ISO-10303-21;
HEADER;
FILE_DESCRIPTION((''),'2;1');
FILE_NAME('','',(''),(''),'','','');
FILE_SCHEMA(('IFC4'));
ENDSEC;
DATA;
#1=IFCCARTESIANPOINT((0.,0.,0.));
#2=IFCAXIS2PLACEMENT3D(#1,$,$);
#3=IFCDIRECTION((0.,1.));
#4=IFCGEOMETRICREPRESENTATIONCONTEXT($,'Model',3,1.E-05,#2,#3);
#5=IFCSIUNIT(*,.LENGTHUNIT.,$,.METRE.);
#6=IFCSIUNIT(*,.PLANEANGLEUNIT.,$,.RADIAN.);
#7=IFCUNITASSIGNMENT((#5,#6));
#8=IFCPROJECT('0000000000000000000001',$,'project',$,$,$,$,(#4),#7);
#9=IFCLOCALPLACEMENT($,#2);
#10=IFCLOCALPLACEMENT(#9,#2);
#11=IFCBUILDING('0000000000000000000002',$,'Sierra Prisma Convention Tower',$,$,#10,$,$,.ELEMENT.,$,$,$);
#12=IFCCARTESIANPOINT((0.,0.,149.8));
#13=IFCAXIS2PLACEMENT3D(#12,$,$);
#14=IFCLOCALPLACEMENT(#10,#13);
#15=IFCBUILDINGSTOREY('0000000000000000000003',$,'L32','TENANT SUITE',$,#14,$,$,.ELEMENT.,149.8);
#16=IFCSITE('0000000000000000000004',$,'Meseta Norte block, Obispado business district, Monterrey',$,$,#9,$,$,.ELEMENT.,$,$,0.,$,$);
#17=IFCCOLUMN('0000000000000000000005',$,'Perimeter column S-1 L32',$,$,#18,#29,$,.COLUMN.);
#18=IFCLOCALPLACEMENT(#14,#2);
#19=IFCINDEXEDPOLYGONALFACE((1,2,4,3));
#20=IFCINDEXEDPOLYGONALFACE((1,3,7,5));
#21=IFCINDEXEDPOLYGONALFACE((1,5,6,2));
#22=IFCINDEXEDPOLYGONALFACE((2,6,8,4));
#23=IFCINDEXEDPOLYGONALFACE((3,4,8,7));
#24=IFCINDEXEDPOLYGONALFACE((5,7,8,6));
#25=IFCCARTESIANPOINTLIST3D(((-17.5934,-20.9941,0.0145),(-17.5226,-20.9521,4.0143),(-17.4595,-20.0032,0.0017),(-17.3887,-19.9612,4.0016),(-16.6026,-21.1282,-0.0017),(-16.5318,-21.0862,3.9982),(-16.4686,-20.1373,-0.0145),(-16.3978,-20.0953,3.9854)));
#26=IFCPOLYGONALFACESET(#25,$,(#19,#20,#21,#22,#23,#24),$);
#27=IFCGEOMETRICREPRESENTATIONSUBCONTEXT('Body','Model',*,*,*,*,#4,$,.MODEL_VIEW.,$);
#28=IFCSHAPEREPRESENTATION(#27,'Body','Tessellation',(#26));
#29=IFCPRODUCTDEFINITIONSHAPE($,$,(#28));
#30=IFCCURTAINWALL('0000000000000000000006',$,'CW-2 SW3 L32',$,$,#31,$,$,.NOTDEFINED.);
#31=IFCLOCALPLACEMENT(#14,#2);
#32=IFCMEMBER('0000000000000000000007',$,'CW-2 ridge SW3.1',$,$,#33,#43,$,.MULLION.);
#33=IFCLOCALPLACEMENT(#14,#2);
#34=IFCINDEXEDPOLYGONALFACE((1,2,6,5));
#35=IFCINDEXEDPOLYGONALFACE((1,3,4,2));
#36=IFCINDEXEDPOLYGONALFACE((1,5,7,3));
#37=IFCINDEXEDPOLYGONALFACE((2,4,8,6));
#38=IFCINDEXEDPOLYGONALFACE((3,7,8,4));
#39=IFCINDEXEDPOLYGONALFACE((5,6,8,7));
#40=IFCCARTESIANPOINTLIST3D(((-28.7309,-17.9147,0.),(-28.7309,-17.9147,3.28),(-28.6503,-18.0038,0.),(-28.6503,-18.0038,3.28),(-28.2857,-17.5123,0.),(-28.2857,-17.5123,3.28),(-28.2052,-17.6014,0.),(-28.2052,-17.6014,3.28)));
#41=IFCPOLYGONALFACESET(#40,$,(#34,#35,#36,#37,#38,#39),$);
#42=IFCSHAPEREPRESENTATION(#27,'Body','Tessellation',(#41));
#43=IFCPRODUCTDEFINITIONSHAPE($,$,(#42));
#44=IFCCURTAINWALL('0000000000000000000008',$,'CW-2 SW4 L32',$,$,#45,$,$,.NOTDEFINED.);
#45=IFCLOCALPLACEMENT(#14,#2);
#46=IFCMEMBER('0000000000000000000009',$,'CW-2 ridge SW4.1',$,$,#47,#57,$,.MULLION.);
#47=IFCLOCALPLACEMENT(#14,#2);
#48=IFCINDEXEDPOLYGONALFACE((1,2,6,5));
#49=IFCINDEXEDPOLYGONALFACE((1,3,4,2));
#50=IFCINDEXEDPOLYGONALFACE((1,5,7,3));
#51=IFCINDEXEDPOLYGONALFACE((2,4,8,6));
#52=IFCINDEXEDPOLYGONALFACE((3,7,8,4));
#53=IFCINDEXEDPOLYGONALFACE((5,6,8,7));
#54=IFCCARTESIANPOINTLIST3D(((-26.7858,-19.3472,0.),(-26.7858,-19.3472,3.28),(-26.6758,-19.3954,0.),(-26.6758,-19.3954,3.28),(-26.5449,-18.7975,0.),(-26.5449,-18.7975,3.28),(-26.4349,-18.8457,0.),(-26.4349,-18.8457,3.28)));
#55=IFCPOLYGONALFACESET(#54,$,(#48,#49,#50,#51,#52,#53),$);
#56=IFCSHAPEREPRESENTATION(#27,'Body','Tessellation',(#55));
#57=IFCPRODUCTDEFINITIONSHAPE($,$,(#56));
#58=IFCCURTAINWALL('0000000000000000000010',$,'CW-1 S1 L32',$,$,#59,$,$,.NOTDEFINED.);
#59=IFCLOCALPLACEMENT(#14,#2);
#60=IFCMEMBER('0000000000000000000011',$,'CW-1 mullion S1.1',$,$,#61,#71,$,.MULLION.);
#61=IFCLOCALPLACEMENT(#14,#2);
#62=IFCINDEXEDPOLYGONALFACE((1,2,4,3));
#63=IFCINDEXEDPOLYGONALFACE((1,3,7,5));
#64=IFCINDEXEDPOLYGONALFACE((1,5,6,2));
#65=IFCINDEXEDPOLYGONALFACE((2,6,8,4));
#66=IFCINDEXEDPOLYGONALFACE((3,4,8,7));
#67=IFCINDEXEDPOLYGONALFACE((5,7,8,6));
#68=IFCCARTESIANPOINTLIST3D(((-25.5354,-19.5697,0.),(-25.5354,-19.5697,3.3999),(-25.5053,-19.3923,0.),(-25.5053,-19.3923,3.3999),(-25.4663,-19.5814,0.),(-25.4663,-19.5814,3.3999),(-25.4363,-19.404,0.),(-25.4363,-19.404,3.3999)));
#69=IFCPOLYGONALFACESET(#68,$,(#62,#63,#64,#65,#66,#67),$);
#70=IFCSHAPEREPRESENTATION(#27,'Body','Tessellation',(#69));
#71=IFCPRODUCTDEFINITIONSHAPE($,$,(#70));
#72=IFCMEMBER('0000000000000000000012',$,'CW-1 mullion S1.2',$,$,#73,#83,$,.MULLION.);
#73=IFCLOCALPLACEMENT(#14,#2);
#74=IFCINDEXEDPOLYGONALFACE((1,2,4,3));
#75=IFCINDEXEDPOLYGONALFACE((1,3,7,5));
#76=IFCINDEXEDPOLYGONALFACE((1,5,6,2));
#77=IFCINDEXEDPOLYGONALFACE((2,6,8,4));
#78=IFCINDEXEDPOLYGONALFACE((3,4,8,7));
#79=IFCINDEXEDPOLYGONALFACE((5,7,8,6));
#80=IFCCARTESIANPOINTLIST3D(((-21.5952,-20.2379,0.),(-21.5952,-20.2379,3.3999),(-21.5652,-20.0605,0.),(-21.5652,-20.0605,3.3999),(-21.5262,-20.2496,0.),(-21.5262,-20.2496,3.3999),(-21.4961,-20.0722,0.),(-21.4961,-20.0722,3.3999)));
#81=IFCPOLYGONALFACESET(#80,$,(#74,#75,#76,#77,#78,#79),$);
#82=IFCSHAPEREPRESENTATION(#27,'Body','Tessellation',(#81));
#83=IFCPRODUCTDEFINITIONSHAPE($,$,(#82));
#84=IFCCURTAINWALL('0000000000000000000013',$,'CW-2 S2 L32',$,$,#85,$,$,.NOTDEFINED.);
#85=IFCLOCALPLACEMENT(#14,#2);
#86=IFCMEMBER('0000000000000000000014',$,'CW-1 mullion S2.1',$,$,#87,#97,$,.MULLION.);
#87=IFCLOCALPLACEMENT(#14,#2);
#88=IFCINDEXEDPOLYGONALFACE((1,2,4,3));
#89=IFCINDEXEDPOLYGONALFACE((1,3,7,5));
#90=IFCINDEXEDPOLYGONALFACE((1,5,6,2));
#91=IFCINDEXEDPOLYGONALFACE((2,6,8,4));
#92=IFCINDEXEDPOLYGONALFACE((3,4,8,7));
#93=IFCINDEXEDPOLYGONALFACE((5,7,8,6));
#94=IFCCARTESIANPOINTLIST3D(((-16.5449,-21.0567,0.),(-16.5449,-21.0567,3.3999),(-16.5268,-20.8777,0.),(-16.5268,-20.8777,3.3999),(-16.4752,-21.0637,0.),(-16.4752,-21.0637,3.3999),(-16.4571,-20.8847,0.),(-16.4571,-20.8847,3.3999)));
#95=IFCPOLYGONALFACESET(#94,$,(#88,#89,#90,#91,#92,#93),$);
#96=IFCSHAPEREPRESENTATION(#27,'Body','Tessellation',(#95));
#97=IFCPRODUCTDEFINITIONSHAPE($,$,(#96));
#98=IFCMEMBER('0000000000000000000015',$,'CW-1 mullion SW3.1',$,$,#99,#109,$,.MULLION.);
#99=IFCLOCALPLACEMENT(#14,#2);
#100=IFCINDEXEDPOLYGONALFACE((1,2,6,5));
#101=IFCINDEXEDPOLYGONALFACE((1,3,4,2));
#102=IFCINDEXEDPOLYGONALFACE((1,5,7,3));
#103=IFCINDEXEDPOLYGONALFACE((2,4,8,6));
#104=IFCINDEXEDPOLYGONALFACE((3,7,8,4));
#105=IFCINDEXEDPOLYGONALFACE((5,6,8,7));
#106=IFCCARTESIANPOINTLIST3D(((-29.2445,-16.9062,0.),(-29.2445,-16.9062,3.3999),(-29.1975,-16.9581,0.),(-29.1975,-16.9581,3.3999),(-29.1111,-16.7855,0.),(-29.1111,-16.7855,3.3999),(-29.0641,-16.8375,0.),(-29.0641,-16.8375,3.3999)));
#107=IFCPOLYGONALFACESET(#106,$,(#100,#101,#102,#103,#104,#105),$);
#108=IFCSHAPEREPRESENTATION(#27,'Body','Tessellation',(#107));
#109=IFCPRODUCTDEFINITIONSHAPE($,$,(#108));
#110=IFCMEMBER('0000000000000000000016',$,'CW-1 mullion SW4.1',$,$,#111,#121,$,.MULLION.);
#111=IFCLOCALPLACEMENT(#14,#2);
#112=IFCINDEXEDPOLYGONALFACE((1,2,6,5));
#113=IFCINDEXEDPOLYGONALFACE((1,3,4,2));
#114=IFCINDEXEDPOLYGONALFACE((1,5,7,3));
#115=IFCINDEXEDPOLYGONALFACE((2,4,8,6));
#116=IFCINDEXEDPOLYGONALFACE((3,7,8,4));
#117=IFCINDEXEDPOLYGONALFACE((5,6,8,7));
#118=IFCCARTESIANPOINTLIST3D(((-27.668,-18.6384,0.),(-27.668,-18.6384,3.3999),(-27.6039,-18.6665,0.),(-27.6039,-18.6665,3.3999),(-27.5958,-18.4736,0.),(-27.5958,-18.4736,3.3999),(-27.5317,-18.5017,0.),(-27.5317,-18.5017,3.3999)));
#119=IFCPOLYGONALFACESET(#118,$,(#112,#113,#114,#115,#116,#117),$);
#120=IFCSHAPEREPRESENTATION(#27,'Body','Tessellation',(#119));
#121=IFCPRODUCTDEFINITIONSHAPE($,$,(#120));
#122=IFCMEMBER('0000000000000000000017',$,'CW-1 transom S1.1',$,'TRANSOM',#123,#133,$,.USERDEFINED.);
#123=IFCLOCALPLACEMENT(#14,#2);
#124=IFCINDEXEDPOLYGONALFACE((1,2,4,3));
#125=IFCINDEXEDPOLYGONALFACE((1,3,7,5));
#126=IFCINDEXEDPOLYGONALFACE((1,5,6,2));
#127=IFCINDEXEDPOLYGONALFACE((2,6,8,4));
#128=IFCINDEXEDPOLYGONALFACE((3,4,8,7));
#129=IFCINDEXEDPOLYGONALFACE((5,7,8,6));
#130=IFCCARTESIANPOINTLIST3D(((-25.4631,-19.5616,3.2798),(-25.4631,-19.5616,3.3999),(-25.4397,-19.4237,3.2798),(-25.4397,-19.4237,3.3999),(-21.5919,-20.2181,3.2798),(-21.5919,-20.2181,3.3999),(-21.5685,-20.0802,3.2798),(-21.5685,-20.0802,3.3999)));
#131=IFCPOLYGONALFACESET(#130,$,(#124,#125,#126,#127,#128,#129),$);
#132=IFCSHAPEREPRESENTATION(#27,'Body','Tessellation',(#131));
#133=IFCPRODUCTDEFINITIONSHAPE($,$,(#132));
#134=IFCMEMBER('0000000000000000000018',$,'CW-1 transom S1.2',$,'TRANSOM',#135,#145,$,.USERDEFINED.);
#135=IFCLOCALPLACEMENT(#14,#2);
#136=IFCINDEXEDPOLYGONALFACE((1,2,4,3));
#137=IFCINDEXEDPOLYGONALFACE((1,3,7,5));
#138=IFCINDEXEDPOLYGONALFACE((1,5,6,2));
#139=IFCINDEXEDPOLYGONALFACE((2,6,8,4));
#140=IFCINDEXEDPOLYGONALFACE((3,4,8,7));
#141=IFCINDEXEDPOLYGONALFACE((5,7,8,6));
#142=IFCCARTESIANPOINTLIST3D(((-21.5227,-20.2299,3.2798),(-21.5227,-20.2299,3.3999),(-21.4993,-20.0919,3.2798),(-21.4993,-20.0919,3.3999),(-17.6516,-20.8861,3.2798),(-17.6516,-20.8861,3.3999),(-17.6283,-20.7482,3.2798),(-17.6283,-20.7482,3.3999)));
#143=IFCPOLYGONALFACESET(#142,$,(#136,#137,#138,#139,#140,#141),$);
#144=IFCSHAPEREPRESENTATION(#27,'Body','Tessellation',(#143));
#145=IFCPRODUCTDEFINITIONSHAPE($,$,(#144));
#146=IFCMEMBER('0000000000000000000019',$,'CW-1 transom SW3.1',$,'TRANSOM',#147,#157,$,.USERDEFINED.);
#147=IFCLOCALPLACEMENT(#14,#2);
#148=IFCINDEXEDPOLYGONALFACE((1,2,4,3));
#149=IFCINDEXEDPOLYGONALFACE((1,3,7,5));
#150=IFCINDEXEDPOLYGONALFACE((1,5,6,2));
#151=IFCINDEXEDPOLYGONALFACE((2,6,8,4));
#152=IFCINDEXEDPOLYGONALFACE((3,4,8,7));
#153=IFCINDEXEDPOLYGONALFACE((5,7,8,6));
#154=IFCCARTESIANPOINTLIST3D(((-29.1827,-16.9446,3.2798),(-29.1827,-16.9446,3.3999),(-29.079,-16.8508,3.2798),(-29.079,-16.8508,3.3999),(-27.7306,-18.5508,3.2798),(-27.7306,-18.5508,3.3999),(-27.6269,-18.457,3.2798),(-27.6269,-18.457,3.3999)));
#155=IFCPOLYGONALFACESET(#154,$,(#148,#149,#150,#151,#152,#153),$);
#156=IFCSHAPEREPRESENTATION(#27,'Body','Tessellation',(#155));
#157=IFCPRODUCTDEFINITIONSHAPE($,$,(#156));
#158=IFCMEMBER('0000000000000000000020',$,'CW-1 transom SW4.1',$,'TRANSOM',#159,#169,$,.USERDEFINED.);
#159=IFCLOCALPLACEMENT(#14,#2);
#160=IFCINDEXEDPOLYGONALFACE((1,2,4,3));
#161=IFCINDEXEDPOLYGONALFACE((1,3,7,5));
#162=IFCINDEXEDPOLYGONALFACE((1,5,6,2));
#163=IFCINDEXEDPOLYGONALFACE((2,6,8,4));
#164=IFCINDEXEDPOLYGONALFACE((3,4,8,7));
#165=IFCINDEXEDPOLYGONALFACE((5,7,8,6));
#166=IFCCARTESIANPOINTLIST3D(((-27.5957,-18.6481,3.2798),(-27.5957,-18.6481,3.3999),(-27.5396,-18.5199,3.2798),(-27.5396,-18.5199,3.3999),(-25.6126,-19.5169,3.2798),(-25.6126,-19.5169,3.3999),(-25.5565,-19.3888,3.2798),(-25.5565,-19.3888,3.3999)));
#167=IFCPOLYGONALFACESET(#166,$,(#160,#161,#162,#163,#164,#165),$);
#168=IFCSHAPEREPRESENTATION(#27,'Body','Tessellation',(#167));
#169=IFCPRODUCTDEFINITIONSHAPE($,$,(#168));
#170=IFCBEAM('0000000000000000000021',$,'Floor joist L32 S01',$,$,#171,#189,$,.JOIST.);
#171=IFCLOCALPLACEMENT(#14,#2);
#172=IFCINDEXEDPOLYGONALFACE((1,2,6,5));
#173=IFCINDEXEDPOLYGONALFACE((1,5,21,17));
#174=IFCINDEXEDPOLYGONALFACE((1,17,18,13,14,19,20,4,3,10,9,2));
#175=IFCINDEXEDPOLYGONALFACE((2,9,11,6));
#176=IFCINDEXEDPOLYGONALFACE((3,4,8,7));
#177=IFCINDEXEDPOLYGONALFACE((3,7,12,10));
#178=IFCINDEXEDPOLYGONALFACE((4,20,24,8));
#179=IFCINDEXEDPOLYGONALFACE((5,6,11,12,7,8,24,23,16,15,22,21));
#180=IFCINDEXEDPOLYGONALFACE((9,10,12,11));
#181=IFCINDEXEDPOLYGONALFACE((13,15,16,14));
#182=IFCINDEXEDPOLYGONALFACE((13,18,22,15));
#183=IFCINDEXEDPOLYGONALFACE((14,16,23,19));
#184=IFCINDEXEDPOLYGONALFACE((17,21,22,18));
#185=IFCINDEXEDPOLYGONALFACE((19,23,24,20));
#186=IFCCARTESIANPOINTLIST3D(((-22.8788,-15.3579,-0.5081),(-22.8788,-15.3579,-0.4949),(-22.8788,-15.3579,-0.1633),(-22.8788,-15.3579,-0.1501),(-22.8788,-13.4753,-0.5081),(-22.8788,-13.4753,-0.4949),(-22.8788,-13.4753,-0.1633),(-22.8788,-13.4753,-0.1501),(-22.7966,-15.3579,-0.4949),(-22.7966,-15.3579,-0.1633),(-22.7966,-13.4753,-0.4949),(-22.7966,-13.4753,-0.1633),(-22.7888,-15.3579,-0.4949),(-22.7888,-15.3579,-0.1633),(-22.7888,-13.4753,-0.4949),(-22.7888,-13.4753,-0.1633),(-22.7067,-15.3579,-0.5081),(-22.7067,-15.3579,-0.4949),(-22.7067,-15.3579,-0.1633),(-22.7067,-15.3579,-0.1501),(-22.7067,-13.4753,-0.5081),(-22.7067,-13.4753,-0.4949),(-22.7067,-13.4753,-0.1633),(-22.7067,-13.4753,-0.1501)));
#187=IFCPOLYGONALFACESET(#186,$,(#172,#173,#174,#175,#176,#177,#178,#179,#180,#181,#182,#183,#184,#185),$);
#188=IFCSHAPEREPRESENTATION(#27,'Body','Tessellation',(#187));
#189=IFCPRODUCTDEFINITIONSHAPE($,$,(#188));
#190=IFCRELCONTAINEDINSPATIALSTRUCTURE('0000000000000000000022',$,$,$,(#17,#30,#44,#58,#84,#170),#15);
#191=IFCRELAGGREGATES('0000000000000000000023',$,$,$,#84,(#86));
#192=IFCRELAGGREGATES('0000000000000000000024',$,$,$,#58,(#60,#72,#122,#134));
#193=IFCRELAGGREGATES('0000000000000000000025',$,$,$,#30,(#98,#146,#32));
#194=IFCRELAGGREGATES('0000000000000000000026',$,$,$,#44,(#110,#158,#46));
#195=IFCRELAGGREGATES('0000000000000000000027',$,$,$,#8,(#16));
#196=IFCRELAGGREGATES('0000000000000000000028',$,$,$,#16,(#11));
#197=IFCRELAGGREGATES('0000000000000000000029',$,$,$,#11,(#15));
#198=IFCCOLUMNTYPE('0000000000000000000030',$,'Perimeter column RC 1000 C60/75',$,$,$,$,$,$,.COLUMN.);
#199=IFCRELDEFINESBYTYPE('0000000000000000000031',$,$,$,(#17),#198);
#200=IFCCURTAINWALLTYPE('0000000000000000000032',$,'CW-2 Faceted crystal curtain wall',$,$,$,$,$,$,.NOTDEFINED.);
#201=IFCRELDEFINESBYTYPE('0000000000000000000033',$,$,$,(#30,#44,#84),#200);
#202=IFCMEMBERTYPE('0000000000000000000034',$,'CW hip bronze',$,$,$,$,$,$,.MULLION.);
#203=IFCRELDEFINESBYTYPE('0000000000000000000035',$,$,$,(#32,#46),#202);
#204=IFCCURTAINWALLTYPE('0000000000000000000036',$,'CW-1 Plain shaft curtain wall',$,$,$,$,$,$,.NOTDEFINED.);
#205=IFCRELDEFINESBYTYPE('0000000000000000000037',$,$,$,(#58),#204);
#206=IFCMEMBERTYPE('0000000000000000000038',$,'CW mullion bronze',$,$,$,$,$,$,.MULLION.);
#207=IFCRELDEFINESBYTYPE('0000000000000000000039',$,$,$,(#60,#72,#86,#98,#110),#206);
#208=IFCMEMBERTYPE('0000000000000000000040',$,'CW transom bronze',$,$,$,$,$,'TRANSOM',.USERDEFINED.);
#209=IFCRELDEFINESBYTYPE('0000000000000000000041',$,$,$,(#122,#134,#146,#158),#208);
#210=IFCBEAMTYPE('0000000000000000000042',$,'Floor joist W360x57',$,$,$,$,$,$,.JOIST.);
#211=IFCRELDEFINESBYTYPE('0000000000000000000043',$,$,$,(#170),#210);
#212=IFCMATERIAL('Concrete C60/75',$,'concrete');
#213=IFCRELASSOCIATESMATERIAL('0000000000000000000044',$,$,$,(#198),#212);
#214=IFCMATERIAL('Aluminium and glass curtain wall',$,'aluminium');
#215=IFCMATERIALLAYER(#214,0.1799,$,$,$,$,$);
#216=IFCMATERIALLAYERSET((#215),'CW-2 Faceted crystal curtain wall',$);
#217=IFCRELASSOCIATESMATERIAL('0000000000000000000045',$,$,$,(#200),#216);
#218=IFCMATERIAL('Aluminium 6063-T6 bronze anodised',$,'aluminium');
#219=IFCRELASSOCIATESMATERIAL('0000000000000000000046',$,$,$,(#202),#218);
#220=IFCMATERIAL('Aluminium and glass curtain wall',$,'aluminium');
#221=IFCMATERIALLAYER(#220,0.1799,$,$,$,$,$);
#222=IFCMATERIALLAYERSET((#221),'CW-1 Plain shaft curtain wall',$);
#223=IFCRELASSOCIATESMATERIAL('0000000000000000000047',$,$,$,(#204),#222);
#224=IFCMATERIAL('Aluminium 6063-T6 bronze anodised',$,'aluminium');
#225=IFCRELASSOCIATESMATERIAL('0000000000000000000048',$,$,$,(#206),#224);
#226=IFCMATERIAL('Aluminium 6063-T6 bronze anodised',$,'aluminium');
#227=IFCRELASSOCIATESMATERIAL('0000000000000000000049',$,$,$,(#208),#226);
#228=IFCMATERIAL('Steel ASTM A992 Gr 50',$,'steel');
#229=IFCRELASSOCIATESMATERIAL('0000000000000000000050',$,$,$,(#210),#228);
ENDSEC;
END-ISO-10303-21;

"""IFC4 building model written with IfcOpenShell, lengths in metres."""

from ifc_helpers import new_model, si_unit, direction, frame, origin, origin_2d, place, context, subcontext, project, spatial, rectangle, i_section, extrude, material, layer, layer_set, material_profile, profile_set, type_object, element, aggregate, save


model = new_model("IFC4")

# Units and contexts
model_context = context("Model", 3, precision=1e-05, world=origin(), true_north=direction((0.0, 1.0)))
body_context = subcontext(model_context, "Body", "Model", "MODEL_VIEW")
ifc_project = project(units=[si_unit("LENGTHUNIT", "METRE"), si_unit("PLANEANGLEUNIT", "RADIAN")], contexts=[model_context])

# Site, building, storey
site_placement = place(None, origin())
site = spatial("IfcSite", under=ifc_project, at=site_placement, Name="Meseta Norte block, Obispado business district, Monterrey", CompositionType="ELEMENT", RefElevation=0.0)
building_placement = place(site_placement, origin())
building = spatial("IfcBuilding", under=site, at=building_placement, Name="Sierra Prisma Convention Tower", CompositionType="ELEMENT")
storey_placement = place(building_placement, frame((0.0, 0.0, 149.8)))
storey = spatial("IfcBuildingStorey", under=building, at=storey_placement, Name="L32", Description="TENANT SUITE", CompositionType="ELEMENT", Elevation=149.8)

# Column
ifc_material_1 = material(Name="Concrete C60/75", Category="concrete")
ifc_material_profile_1 = material_profile(ifc_material_1, rectangle(XDim=1.0, YDim=1.0, at=origin_2d()), Name="Perimeter column RC 1000 C60/75")
ifc_profile_set_1 = profile_set([ifc_material_profile_1], Name="Concrete C60/75")
column_type = type_object("IfcColumnType", Name="Perimeter column RC 1000 C60/75", PredefinedType="COLUMN", material=ifc_profile_set_1)
column_placement = place(storey_placement, frame((-17.031, -20.5657, 0.0), z_axis=(0.017696, 0.010496, 0.999788), x_axis=(-0.990832, 0.13413, 0.01613)))
element("IfcColumn", 1, at=column_placement, inside=storey, type_object=column_type, Name="Perimeter column S-1 L32", PredefinedType="COLUMN", context=body_context, shape_type="SweptSolid", body=[
    extrude(rectangle(XDim=1.0, YDim=1.0, at=origin_2d()), origin(), (0.0, 0.0, 1.0), 4.0007),
])

# Curtain walls, members
ifc_material_2 = material(Name="Aluminium and glass curtain wall", Category="aluminium")
ifc_layer_1 = layer(ifc_material_2, 0.1799)
ifc_layer_set_1 = layer_set([ifc_layer_1], Name="CW-2 Faceted crystal curtain wall")
curtain_wall_type_1 = type_object("IfcCurtainWallType", Name="CW-2 Faceted crystal curtain wall", PredefinedType="NOTDEFINED", material=ifc_layer_set_1)
curtain_wall_1_placement = place(storey_placement, origin())
curtain_wall_1 = element("IfcCurtainWall", 2, at=curtain_wall_1_placement, inside=storey, type_object=curtain_wall_type_1, Name="CW-2 SW3 L32", PredefinedType="NOTDEFINED")
ifc_material_3 = material(Name="Aluminium 6063-T6 bronze anodised", Category="aluminium")
ifc_material_profile_2 = material_profile(ifc_material_3, rectangle(XDim=0.1201, YDim=0.6001, at=origin_2d()), Name="ALU RIDGE BLADE 120x600")
ifc_profile_set_2 = profile_set([ifc_material_profile_2], Name="Aluminium 6063-T6 bronze anodised")
member_type_1 = type_object("IfcMemberType", Name="CW hip bronze", PredefinedType="MULLION", material=ifc_profile_set_2)
member_1_placement = place(storey_placement, frame((-28.468, -17.7581, 0.0), z_axis=(0.0, 0.0, 1.0), x_axis=(0.670598, -0.741821, 0.0)))
member_1 = element("IfcMember", 3, at=member_1_placement, type_object=member_type_1, Name="CW-2 ridge SW3.1", PredefinedType="MULLION", context=body_context, shape_type="SweptSolid", body=[
    extrude(rectangle(XDim=0.1201, YDim=0.6001, at=origin_2d()), origin(), (0.0, 0.0, 1.0), 3.28),
])
curtain_wall_2_placement = place(storey_placement, origin())
curtain_wall_2 = element("IfcCurtainWall", 4, at=curtain_wall_2_placement, inside=storey, type_object=curtain_wall_type_1, Name="CW-2 SW4 L32", PredefinedType="NOTDEFINED")
member_2_placement = place(storey_placement, frame((-26.6104, -19.0964, 0.0), z_axis=(0.0, 0.0, 1.0), x_axis=(0.91594, -0.401314, 0.0)))
member_2 = element("IfcMember", 5, at=member_2_placement, type_object=member_type_1, Name="CW-2 ridge SW4.1", PredefinedType="MULLION", context=body_context, shape_type="SweptSolid", body=[
    extrude(rectangle(XDim=0.1201, YDim=0.6001, at=origin_2d()), origin(), (0.0, 0.0, 1.0), 3.28),
])

# Curtain wall, members
ifc_material_4 = material(Name="Aluminium and glass curtain wall", Category="aluminium")
ifc_layer_2 = layer(ifc_material_4, 0.1799)
ifc_layer_set_2 = layer_set([ifc_layer_2], Name="CW-1 Plain shaft curtain wall")
curtain_wall_type_2 = type_object("IfcCurtainWallType", Name="CW-1 Plain shaft curtain wall", PredefinedType="NOTDEFINED", material=ifc_layer_set_2)
curtain_wall_3_placement = place(storey_placement, origin())
curtain_wall_3 = element("IfcCurtainWall", 6, at=curtain_wall_3_placement, inside=storey, type_object=curtain_wall_type_2, Name="CW-1 S1 L32", PredefinedType="NOTDEFINED")
ifc_material_5 = material(Name="Aluminium 6063-T6 bronze anodised", Category="aluminium")
ifc_material_profile_3 = material_profile(ifc_material_5, rectangle(XDim=0.1799, YDim=0.0701, at=origin_2d()), Name="ALU MULLION 70x180")
ifc_profile_set_3 = profile_set([ifc_material_profile_3], Name="Aluminium 6063-T6 bronze anodised")
member_type_2 = type_object("IfcMemberType", Name="CW mullion bronze", PredefinedType="MULLION", material=ifc_profile_set_3)
member_3_placement = place(storey_placement, frame((-25.4858, -19.4868, 0.0), z_axis=(0.0, 0.0, 1.0), x_axis=(0.167158, 0.98593, 0.0)))
member_3 = element("IfcMember", 7, at=member_3_placement, type_object=member_type_2, Name="CW-1 mullion S1.1", PredefinedType="MULLION", context=body_context, shape_type="SweptSolid", body=[
    extrude(rectangle(XDim=0.1799, YDim=0.0701, at=origin_2d()), origin(), (0.0, 0.0, 1.0), 3.3999),
])
member_4_placement = place(storey_placement, frame((-21.5457, -20.155, 0.0), z_axis=(0.0, 0.0, 1.0), x_axis=(0.167158, 0.98593, 0.0)))
member_4 = element("IfcMember", 8, at=member_4_placement, type_object=member_type_2, Name="CW-1 mullion S1.2", PredefinedType="MULLION", context=body_context, shape_type="SweptSolid", body=[
    extrude(rectangle(XDim=0.1799, YDim=0.0701, at=origin_2d()), origin(), (0.0, 0.0, 1.0), 3.3999),
])

# Curtain wall, member
curtain_wall_4_placement = place(storey_placement, origin())
curtain_wall_4 = element("IfcCurtainWall", 9, at=curtain_wall_4_placement, inside=storey, type_object=curtain_wall_type_1, Name="CW-2 S2 L32", PredefinedType="NOTDEFINED")
member_5_placement = place(storey_placement, frame((-16.501, -20.9707, 0.0), z_axis=(0.0, 0.0, 1.0), x_axis=(0.100597, 0.994927, 0.0)))
member_5 = element("IfcMember", 10, at=member_5_placement, type_object=member_type_2, Name="CW-1 mullion S2.1", PredefinedType="MULLION", context=body_context, shape_type="SweptSolid", body=[
    extrude(rectangle(XDim=0.1799, YDim=0.0701, at=origin_2d()), origin(), (0.0, 0.0, 1.0), 3.3999),
])
aggregate(curtain_wall_4, [member_5])

# Members
member_6_placement = place(storey_placement, frame((-29.1543, -16.8718, 0.0), z_axis=(0.0, 0.0, 1.0), x_axis=(0.741821, 0.670598, 0.0)))
member_6 = element("IfcMember", 11, at=member_6_placement, type_object=member_type_2, Name="CW-1 mullion SW3.1", PredefinedType="MULLION", context=body_context, shape_type="SweptSolid", body=[
    extrude(rectangle(XDim=0.1799, YDim=0.0701, at=origin_2d()), origin(), (0.0, 0.0, 1.0), 3.3999),
])
member_7_placement = place(storey_placement, frame((-27.5999, -18.5701, 0.0), z_axis=(0.0, 0.0, 1.0), x_axis=(0.401314, 0.91594, 0.0)))
member_7 = element("IfcMember", 12, at=member_7_placement, type_object=member_type_2, Name="CW-1 mullion SW4.1", PredefinedType="MULLION", context=body_context, shape_type="SweptSolid", body=[
    extrude(rectangle(XDim=0.1799, YDim=0.0701, at=origin_2d()), origin(), (0.0, 0.0, 1.0), 3.3999),
])
ifc_material_6 = material(Name="Aluminium 6063-T6 bronze anodised", Category="aluminium")
ifc_material_profile_4 = material_profile(ifc_material_6, rectangle(XDim=0.1399, YDim=0.1201, at=origin_2d()), Name="ALU TRANSOM 120x140")
ifc_profile_set_4 = profile_set([ifc_material_profile_4], Name="Aluminium 6063-T6 bronze anodised")
member_type_3 = type_object("IfcMemberType", Name="CW transom bronze", ElementType="TRANSOM", PredefinedType="USERDEFINED", material=ifc_profile_set_4)
member_8_placement = place(storey_placement, frame((-25.4514, -19.4927, 3.3398), z_axis=(0.985924, -0.167191, 0.0), x_axis=(0.167191, 0.985924, 0.0)))
member_8 = element("IfcMember", 13, at=member_8_placement, type_object=member_type_3, Name="CW-1 transom S1.1", ObjectType="TRANSOM", PredefinedType="USERDEFINED", context=body_context, shape_type="SweptSolid", body=[
    extrude(rectangle(XDim=0.1399, YDim=0.1201, at=origin_2d()), origin(), (0.0, 0.0, 1.0), 3.9265),
])
member_9_placement = place(storey_placement, frame((-21.511, -20.1609, 3.3398), z_axis=(0.985933, -0.167141, 0.0), x_axis=(0.167141, 0.985933, 0.0)))
member_9 = element("IfcMember", 14, at=member_9_placement, type_object=member_type_3, Name="CW-1 transom S1.2", ObjectType="TRANSOM", PredefinedType="USERDEFINED", context=body_context, shape_type="SweptSolid", body=[
    extrude(rectangle(XDim=0.1399, YDim=0.1201, at=origin_2d()), origin(), (0.0, 0.0, 1.0), 3.9263),
])
member_10_placement = place(storey_placement, frame((-29.1309, -16.8977, 3.3398), z_axis=(0.670639, -0.741784, 0.0), x_axis=(0.741784, 0.670639, 0.0)))
member_10 = element("IfcMember", 15, at=member_10_placement, type_object=member_type_3, Name="CW-1 transom SW3.1", ObjectType="TRANSOM", PredefinedType="USERDEFINED", context=body_context, shape_type="SweptSolid", body=[
    extrude(rectangle(XDim=0.1399, YDim=0.1201, at=origin_2d()), origin(), (0.0, 0.0, 1.0), 2.1653),
])
member_11_placement = place(storey_placement, frame((-27.5676, -18.584, 3.3398), z_axis=(0.915942, -0.40131, 0.0), x_axis=(0.40131, 0.915942, 0.0)))
member_11 = element("IfcMember", 16, at=member_11_placement, type_object=member_type_3, Name="CW-1 transom SW4.1", ObjectType="TRANSOM", PredefinedType="USERDEFINED", context=body_context, shape_type="SweptSolid", body=[
    extrude(rectangle(XDim=0.1399, YDim=0.1201, at=origin_2d()), origin(), (0.0, 0.0, 1.0), 2.165),
])

# Beam
ifc_material_7 = material(Name="Steel ASTM A992 Gr 50", Category="steel")
ifc_material_profile_5 = material_profile(ifc_material_7, i_section(OverallWidth=0.1721, OverallDepth=0.3579, WebThickness=0.0078, FlangeThickness=0.0132, at=origin_2d()), Name="W360x57")
ifc_profile_set_5 = profile_set([ifc_material_profile_5], Name="Steel ASTM A992 Gr 50")
beam_type_1 = type_object("IfcBeamType", Name="Floor joist W360x57", PredefinedType="JOIST", material=ifc_profile_set_5)
beam_1_placement = place(storey_placement, frame((-22.7927, -15.3579, -0.3291), z_axis=(0.0, 1.0, 0.0), x_axis=(-1.0, 0.0, 0.0)))
element("IfcBeam", 17, at=beam_1_placement, inside=storey, type_object=beam_type_1, Name="Floor joist L32 S01", PredefinedType="JOIST", context=body_context, shape_type="SweptSolid", body=[
    extrude(i_section(OverallWidth=0.1721, OverallDepth=0.3579, WebThickness=0.0078, FlangeThickness=0.0132, at=origin_2d()), origin(), (0.0, 0.0, 1.0), 1.8826),
])

aggregate(curtain_wall_3, [member_3, member_4, member_8, member_9])

aggregate(curtain_wall_1, [member_6, member_10, member_1])
aggregate(curtain_wall_2, [member_7, member_11, member_2])

save(model, "model.ifc")
